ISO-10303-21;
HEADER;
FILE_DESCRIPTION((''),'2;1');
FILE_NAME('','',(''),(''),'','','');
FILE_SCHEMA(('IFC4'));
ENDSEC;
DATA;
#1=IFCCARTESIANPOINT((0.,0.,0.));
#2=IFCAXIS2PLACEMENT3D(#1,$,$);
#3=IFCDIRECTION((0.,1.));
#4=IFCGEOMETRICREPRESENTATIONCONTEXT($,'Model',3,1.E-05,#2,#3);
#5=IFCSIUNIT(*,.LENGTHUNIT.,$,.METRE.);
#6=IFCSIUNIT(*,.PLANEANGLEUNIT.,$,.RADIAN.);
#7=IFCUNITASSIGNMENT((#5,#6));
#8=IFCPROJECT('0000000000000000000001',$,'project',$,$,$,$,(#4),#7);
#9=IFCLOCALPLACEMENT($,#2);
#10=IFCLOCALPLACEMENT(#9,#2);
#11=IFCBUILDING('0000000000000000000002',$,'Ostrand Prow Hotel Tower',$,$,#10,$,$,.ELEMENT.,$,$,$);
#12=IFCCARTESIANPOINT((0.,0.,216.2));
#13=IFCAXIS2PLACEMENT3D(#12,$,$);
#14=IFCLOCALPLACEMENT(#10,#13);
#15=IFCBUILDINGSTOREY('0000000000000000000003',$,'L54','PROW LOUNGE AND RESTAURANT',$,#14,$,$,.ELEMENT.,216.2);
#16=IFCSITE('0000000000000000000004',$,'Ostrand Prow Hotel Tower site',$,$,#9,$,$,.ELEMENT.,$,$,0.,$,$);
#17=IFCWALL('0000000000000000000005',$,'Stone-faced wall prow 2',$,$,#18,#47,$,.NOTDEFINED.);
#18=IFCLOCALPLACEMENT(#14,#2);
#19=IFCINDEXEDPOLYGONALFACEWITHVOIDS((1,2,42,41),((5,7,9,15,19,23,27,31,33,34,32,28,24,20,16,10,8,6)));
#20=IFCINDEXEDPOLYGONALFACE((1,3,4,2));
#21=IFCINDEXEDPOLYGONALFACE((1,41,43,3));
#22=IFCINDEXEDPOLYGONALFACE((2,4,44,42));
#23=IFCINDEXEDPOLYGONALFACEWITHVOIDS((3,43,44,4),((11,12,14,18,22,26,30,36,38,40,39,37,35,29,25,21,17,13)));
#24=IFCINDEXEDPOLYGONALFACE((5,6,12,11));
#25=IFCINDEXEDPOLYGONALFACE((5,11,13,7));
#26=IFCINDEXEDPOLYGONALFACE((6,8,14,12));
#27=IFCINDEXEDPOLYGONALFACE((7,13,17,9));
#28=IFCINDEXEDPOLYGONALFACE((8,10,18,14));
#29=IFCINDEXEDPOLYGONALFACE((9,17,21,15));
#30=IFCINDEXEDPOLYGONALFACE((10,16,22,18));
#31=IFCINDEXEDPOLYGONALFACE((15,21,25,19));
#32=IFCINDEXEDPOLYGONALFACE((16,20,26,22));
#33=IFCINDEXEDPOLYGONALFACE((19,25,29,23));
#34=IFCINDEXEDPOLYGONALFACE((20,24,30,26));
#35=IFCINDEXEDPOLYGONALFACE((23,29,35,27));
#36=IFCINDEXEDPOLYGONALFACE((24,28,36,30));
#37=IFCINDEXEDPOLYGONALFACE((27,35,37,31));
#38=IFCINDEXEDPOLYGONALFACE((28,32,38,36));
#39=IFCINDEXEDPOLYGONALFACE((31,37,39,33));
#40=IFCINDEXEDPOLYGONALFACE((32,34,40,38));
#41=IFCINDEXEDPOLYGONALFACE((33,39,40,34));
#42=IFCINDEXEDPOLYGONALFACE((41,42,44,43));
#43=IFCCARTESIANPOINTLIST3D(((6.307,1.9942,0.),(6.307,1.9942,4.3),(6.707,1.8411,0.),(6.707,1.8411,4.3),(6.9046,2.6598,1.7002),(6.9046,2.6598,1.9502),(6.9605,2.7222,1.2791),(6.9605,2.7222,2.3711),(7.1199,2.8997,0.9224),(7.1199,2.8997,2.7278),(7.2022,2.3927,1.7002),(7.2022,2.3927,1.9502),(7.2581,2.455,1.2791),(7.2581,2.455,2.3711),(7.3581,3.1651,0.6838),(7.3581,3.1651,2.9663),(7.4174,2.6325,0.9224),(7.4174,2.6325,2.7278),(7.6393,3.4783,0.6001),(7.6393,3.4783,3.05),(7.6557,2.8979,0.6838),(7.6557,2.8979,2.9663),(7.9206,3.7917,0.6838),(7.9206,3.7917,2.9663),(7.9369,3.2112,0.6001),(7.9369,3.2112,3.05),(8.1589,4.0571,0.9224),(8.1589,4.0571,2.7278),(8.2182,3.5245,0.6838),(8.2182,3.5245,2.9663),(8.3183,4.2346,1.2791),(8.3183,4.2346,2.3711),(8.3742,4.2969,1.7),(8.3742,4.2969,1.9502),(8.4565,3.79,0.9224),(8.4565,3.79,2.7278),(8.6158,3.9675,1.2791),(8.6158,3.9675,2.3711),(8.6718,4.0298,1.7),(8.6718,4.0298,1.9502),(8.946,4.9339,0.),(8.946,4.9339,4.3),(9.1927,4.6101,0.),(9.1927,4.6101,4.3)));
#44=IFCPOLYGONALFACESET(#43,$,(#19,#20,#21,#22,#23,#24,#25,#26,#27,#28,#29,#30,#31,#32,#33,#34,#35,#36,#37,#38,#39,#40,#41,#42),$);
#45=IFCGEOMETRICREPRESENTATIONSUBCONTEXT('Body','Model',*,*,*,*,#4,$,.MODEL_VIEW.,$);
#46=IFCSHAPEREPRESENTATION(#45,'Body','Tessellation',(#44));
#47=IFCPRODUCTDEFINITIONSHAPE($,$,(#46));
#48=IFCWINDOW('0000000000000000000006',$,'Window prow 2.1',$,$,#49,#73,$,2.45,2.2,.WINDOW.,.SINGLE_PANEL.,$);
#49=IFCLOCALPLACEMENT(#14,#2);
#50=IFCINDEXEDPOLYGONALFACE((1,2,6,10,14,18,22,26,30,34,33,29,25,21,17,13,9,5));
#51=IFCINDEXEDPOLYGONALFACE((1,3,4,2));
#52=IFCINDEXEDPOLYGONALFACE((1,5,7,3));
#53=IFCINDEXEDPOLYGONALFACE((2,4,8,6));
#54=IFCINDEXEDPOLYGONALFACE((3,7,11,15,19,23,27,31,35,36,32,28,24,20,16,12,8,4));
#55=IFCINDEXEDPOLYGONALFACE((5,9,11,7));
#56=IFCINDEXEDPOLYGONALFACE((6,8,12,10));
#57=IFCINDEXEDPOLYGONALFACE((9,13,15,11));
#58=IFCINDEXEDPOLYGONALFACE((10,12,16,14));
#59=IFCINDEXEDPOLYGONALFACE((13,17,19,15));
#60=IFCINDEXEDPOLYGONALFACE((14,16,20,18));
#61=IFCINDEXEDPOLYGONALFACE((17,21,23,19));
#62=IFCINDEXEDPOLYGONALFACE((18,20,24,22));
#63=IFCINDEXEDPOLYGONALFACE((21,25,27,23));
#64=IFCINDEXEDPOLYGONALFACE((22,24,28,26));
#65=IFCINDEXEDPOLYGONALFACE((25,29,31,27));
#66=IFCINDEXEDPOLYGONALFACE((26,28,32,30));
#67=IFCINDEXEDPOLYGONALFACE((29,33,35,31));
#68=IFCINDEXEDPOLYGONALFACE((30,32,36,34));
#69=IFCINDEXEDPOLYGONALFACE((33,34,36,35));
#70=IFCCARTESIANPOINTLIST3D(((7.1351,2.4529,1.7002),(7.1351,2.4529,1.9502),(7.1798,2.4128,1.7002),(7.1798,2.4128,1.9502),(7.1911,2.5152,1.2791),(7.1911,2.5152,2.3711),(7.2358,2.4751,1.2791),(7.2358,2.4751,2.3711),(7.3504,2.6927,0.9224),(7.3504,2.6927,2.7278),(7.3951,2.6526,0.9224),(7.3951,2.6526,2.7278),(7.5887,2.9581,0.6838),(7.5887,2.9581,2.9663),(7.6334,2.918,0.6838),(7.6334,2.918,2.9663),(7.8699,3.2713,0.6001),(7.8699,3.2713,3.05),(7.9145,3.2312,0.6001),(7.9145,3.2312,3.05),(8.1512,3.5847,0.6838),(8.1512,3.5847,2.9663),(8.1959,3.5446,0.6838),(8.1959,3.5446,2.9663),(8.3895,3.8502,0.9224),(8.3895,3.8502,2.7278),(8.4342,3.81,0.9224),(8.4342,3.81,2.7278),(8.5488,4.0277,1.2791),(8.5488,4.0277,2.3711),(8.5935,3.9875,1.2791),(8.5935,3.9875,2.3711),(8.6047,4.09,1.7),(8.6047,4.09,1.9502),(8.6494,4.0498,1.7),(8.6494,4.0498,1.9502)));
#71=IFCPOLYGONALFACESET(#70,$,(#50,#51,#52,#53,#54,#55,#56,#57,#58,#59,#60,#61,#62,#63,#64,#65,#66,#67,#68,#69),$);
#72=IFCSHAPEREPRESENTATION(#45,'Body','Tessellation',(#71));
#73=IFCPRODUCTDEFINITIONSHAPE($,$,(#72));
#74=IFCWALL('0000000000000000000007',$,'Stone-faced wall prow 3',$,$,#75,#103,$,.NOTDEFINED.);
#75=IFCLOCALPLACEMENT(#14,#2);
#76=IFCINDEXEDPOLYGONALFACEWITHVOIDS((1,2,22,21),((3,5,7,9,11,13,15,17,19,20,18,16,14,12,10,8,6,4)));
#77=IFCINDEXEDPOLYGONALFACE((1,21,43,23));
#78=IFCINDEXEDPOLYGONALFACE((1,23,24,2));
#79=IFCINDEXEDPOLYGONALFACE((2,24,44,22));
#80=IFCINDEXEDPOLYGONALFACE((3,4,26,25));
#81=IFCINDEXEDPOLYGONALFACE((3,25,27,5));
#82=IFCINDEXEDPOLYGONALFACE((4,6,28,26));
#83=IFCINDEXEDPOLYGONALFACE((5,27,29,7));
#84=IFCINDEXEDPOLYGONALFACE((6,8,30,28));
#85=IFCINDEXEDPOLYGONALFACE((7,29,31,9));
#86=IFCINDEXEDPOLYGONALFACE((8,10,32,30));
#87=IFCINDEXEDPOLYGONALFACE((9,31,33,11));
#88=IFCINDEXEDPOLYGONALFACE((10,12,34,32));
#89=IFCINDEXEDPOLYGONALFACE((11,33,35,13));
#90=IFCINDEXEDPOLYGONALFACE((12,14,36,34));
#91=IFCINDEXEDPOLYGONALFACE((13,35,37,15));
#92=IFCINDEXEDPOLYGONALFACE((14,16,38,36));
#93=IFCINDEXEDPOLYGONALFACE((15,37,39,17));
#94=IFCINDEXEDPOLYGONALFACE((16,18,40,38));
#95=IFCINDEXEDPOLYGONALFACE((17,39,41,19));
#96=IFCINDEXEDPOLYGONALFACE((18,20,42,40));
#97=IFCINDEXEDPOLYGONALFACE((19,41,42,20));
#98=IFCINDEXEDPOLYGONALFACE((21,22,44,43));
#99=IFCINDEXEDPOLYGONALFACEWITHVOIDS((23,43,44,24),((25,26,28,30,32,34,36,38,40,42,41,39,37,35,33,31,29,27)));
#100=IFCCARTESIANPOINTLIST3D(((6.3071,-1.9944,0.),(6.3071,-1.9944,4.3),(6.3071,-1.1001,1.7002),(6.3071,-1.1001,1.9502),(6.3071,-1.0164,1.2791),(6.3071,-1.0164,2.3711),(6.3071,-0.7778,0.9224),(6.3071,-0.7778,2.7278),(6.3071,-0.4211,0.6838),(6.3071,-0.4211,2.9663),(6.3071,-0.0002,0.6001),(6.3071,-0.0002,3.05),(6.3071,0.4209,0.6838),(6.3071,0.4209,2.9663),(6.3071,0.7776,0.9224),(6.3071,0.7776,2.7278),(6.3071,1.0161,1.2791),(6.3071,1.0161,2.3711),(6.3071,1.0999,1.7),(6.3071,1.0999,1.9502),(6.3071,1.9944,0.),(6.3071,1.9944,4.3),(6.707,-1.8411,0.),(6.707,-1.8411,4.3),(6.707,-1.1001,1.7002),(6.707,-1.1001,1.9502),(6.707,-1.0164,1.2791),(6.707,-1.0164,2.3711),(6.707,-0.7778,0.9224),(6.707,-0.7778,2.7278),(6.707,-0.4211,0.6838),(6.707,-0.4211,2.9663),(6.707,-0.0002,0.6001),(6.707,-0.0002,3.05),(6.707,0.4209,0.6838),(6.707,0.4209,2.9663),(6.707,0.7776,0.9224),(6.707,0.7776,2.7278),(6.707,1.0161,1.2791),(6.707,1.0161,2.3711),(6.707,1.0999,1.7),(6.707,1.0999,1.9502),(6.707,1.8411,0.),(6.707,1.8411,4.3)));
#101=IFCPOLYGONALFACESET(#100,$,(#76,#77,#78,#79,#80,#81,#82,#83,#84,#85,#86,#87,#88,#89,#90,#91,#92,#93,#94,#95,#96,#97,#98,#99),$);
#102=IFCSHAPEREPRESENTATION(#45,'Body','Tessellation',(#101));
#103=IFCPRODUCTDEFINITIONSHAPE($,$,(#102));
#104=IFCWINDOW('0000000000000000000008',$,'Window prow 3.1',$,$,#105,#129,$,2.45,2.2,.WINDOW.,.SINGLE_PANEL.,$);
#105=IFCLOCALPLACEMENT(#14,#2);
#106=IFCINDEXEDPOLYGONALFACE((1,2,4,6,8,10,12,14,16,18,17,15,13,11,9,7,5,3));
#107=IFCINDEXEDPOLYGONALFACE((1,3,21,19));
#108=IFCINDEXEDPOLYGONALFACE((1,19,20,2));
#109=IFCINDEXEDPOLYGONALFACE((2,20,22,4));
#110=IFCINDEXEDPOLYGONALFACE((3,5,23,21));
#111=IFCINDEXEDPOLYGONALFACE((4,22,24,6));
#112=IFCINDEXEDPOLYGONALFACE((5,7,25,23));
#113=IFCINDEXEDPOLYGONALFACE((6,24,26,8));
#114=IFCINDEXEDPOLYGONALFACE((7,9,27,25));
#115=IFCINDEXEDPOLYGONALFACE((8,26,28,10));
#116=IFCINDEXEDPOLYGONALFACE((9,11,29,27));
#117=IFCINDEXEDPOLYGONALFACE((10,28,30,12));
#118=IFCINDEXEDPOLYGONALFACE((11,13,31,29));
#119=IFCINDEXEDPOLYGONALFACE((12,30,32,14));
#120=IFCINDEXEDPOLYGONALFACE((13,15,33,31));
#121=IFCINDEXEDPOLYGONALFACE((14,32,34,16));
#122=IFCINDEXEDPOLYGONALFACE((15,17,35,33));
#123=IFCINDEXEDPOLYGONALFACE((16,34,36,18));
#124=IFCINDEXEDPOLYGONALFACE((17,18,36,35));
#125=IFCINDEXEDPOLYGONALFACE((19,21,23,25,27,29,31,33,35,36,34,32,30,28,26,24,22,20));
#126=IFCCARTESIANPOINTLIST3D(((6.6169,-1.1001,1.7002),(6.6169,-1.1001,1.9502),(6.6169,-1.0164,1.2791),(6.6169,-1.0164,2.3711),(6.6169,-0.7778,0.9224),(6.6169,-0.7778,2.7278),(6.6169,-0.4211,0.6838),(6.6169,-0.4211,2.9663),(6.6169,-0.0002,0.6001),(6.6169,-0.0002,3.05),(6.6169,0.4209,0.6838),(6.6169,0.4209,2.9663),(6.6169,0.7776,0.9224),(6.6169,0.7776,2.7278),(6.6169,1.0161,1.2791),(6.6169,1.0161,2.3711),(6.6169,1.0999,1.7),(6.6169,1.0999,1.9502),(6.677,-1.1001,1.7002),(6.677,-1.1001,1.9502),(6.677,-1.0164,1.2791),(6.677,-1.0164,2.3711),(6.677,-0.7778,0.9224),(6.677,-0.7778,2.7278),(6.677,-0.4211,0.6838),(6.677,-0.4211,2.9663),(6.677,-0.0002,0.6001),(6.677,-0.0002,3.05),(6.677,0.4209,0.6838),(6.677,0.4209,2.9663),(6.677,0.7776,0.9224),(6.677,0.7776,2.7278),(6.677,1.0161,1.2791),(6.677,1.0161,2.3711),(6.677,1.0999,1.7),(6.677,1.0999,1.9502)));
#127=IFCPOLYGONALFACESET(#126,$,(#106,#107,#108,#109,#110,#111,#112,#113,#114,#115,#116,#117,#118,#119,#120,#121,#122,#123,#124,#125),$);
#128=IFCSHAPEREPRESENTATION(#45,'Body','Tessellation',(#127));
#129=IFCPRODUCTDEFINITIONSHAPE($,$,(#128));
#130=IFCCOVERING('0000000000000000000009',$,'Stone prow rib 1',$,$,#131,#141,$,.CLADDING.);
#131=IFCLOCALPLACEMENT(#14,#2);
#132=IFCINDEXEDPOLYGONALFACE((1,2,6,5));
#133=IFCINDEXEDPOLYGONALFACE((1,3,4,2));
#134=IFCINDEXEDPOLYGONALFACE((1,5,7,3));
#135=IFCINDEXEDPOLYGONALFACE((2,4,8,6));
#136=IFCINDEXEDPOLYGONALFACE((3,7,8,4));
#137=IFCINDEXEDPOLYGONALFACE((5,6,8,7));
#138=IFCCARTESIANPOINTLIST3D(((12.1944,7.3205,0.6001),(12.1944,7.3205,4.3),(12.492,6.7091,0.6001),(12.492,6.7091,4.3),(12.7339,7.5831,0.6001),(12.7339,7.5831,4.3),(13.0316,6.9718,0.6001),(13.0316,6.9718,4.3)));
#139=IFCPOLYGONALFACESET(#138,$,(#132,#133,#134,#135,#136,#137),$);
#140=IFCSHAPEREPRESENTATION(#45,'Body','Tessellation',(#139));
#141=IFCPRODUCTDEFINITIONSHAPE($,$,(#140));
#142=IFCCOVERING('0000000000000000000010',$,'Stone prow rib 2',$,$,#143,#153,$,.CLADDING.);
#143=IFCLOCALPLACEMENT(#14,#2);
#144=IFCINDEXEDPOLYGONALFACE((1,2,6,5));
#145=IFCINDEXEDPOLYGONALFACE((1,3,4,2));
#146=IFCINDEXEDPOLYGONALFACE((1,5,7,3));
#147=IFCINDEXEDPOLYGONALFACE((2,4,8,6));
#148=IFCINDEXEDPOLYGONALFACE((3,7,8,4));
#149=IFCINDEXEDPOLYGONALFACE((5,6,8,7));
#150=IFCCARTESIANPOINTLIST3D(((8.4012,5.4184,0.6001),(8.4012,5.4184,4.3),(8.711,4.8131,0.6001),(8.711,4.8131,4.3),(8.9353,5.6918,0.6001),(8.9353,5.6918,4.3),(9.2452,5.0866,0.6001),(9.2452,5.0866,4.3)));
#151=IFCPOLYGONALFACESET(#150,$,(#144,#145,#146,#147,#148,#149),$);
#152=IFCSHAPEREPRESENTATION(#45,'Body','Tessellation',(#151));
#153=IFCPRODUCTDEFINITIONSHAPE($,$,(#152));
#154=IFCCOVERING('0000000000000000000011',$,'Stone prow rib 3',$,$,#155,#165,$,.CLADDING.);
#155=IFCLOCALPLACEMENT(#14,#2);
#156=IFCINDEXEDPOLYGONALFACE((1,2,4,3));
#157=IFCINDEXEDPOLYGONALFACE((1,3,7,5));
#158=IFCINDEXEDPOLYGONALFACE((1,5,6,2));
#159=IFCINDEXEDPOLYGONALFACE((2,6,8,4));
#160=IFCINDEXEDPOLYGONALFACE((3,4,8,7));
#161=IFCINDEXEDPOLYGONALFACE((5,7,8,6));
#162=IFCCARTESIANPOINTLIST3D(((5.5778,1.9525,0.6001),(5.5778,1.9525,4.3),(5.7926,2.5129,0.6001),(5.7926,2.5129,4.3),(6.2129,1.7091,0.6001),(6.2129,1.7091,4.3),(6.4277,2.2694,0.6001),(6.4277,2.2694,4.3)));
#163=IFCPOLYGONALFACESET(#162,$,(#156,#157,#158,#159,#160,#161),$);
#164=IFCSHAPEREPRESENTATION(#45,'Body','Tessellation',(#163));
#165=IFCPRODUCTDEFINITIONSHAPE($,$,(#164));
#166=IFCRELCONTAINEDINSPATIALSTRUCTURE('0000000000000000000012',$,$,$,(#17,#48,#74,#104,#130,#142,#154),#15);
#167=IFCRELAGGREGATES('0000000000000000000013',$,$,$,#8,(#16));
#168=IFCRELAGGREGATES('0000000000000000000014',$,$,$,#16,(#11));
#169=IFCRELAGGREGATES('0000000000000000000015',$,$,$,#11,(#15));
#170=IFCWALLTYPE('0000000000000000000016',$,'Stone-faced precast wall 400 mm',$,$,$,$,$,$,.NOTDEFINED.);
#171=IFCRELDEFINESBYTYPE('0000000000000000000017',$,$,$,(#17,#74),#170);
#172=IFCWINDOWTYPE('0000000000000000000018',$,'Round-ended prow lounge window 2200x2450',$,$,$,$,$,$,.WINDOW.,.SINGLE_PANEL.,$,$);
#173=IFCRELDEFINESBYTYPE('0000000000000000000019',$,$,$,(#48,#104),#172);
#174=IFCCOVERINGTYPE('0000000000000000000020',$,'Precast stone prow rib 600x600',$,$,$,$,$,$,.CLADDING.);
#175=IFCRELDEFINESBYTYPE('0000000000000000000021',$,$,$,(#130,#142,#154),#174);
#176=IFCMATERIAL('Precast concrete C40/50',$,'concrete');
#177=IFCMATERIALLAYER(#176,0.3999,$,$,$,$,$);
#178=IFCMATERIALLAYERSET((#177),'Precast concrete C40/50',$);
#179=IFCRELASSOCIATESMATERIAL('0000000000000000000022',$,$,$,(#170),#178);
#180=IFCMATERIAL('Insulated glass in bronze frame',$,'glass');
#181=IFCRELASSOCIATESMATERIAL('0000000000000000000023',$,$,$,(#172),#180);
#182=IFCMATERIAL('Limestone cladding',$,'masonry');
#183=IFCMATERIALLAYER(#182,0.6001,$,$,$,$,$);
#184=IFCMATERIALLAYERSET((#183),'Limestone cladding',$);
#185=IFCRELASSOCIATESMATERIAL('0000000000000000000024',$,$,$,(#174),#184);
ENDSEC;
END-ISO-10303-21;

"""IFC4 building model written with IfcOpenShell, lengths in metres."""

from ifc_helpers import new_model, si_unit, direction, frame, frame_2d, origin, place, context, subcontext, project, spatial, polyline, rectangle, outline, extrude, material, layer, layer_set, type_object, element, fill, save


model = new_model("IFC4")

# Units and contexts
model_context = context("Model", 3, precision=1e-05, world=origin(), true_north=direction((0.0, 1.0)))
body_context = subcontext(model_context, "Body", "Model", "MODEL_VIEW")
ifc_project = project(units=[si_unit("LENGTHUNIT", "METRE"), si_unit("PLANEANGLEUNIT", "RADIAN")], contexts=[model_context])

# Site, building, storey
site_placement = place(None, origin())
site = spatial("IfcSite", under=ifc_project, at=site_placement, Name="Ostrand Prow Hotel Tower site", CompositionType="ELEMENT", RefElevation=0.0)
building_placement = place(site_placement, origin())
building = spatial("IfcBuilding", under=site, at=building_placement, Name="Ostrand Prow Hotel Tower", CompositionType="ELEMENT")
storey_placement = place(building_placement, frame((0.0, 0.0, 216.2)))
storey = spatial("IfcBuildingStorey", under=building, at=storey_placement, Name="L54", Description="PROW LOUNGE AND RESTAURANT", CompositionType="ELEMENT", Elevation=216.2)

# Walls, openings, windows
ifc_material_1 = material(Name="Precast concrete C40/50", Category="concrete")
ifc_layer_1 = layer(ifc_material_1, 0.3999)
ifc_layer_set_1 = layer_set([ifc_layer_1], Name="Precast concrete C40/50")
wall_type = type_object("IfcWallType", Name="Stone-faced precast wall 400 mm", PredefinedType="NOTDEFINED", material=ifc_layer_set_1)
ifc_material_2 = material(Name="Insulated glass in bronze frame", Category="glass")
window_type = type_object("IfcWindowType", Name="Round-ended prow lounge window 2200x2450", PartitioningType="SINGLE_PANEL", PredefinedType="WINDOW", material=ifc_material_2)
wall_1_placement = place(storey_placement, frame((9.0693, 4.772, 0.0), z_axis=(0.0, 0.0, 1.0), x_axis=(-0.668018, -0.744145, 0.0)))
wall_1 = element("IfcWall", 1, at=wall_1_placement, inside=storey, type_object=wall_type, Name="Stone-faced wall prow 2", PredefinedType="NOTDEFINED", context=body_context, shape_type="SweptSolid", body=[
    extrude(outline(polyline([(-0.0381, -0.2), (3.9124, -0.2), (3.759, 0.2), (0.0381, 0.2), (-0.0381, -0.2)])), origin(), (0.0, 0.0, 1.0), 4.3),
])
opening_1_placement = place(wall_1_placement, frame((0.8179, 0.0, 0.6001)))
opening_1 = element("IfcOpeningElement", 2, at=opening_1_placement, cuts=wall_1, PredefinedType="OPENING", context=body_context, shape_type="SweptSolid", body=[
    extrude(outline(polyline([(0.0, 1.3501), (0.0837, 1.771), (0.3223, 2.1277), (0.679, 2.3662), (1.1001, 2.45), (1.521, 2.3662), (1.8777, 2.1277), (2.1162, 1.771), (2.2, 1.3501), (2.2, 1.1001), (2.1162, 0.679), (1.8777, 0.3223), (1.521, 0.0837), (1.1001, 0.0), (0.679, 0.0837), (0.3223, 0.3223), (0.0837, 0.679), (0.0, 1.0999), (0.0, 1.3501)])), frame((0.0, 0.21, 0.0), z_axis=(0.0, -1.0, 0.0), x_axis=(1.0, 0.0, 0.0)), (0.0, 0.0, 1.0), 0.4199),
])
window_1_placement = place(opening_1_placement, origin())
window_1 = element("IfcWindow", 3, at=window_1_placement, inside=storey, type_object=window_type, Name="Window prow 2.1", OverallHeight=2.45, OverallWidth=2.2, PartitioningType="SINGLE_PANEL", PredefinedType="WINDOW", context=body_context, shape_type="SweptSolid", body=[
    extrude(outline(polyline([(0.0, 1.3501), (0.0837, 1.771), (0.3223, 2.1277), (0.679, 2.3662), (1.1001, 2.45), (1.521, 2.3662), (1.8777, 2.1277), (2.1162, 1.771), (2.2, 1.3501), (2.2, 1.1001), (2.1162, 0.679), (1.8777, 0.3223), (1.521, 0.0837), (1.1001, 0.0), (0.679, 0.0837), (0.3223, 0.3223), (0.0837, 0.679), (0.0, 1.0999), (0.0, 1.3501)])), frame((0.0, 0.1699, 0.0), z_axis=(0.0, -1.0, 0.0), x_axis=(1.0, 0.0, 0.0)), (0.0, 0.0, 1.0), 0.0601),
])
fill(opening_1, window_1)
wall_2_placement = place(storey_placement, frame((6.5071, 1.9177, 0.0), z_axis=(0.0, 0.0, 1.0), x_axis=(0.0, -1.0, 0.0)))
wall_2 = element("IfcWall", 4, at=wall_2_placement, inside=storey, type_object=wall_type, Name="Stone-faced wall prow 3", PredefinedType="NOTDEFINED", context=body_context, shape_type="SweptSolid", body=[
    extrude(outline(polyline([(-0.0767, -0.2), (3.9121, -0.2), (3.7588, 0.2), (0.0767, 0.2), (-0.0767, -0.2)])), origin(), (0.0, 0.0, 1.0), 4.3),
])
opening_2_placement = place(wall_2_placement, frame((0.8179, 0.0, 0.6001)))
opening_2 = element("IfcOpeningElement", 5, at=opening_2_placement, cuts=wall_2, PredefinedType="OPENING", context=body_context, shape_type="SweptSolid", body=[
    extrude(outline(polyline([(0.0, 1.3501), (0.0837, 1.771), (0.3223, 2.1277), (0.679, 2.3662), (1.1001, 2.45), (1.521, 2.3662), (1.8777, 2.1277), (2.1162, 1.771), (2.2, 1.3501), (2.2, 1.1001), (2.1162, 0.679), (1.8777, 0.3223), (1.521, 0.0837), (1.1001, 0.0), (0.679, 0.0837), (0.3223, 0.3223), (0.0837, 0.679), (0.0, 1.0999), (0.0, 1.3501)])), frame((0.0, 0.21, 0.0), z_axis=(0.0, -1.0, 0.0), x_axis=(1.0, 0.0, 0.0)), (0.0, 0.0, 1.0), 0.4199),
])
window_2_placement = place(opening_2_placement, origin())
window_2 = element("IfcWindow", 6, at=window_2_placement, inside=storey, type_object=window_type, Name="Window prow 3.1", OverallHeight=2.45, OverallWidth=2.2, PartitioningType="SINGLE_PANEL", PredefinedType="WINDOW", context=body_context, shape_type="SweptSolid", body=[
    extrude(outline(polyline([(0.0, 1.3501), (0.0837, 1.771), (0.3223, 2.1277), (0.679, 2.3662), (1.1001, 2.45), (1.521, 2.3662), (1.8777, 2.1277), (2.1162, 1.771), (2.2, 1.3501), (2.2, 1.1001), (2.1162, 0.679), (1.8777, 0.3223), (1.521, 0.0837), (1.1001, 0.0), (0.679, 0.0837), (0.3223, 0.3223), (0.0837, 0.679), (0.0, 1.0999), (0.0, 1.3501)])), frame((0.0, 0.1699, 0.0), z_axis=(0.0, -1.0, 0.0), x_axis=(1.0, 0.0, 0.0)), (0.0, 0.0, 1.0), 0.0601),
])
fill(opening_2, window_2)

# Coverings
ifc_material_3 = material(Name="Limestone cladding", Category="masonry")
ifc_layer_2 = layer(ifc_material_3, 0.6001)
ifc_layer_set_2 = layer_set([ifc_layer_2], Name="Limestone cladding")
covering_type_1 = type_object("IfcCoveringType", Name="Precast stone prow rib 600x600", PredefinedType="CLADDING", material=ifc_layer_set_2)
for number, where, z_axis, x_axis, name in (
    (7, (12.7617, 6.8406, 0.6001), (0.0, 0.0, 1.0), (-0.437709, 0.899117, 0.0), "Stone prow rib 1"),
    (8, (8.978, 4.95, 0.6001), (0.0, 0.0, 1.0), (-0.455668, 0.89015, 0.0), "Stone prow rib 2"),
):
    element("IfcCovering", number, at=place(storey_placement, frame(where, z_axis=z_axis, x_axis=x_axis)), inside=storey, type_object=covering_type_1, Name=name, PredefinedType="CLADDING", context=body_context, shape_type="SweptSolid", body=[
        extrude(rectangle(XDim=0.6799, YDim=0.6001, at=frame_2d((0.3398, 0.0))), origin(), (0.0, 0.0, 1.0), 3.7),
    ])
covering_1_placement = place(storey_placement, frame((6.3203, 1.9893, 0.6001), z_axis=(0.0, 0.0, 1.0), x_axis=(-0.933752, 0.35792, 0.0)))
element("IfcCovering", 9, at=covering_1_placement, inside=storey, type_object=covering_type_1, Name="Stone prow rib 3", PredefinedType="CLADDING", context=body_context, shape_type="SweptSolid", body=[
    extrude(rectangle(XDim=0.6802, YDim=0.6001, at=frame_2d((0.3401, 0.0))), origin(), (0.0, 0.0, 1.0), 3.7),
])

save(model, "model.ifc")
